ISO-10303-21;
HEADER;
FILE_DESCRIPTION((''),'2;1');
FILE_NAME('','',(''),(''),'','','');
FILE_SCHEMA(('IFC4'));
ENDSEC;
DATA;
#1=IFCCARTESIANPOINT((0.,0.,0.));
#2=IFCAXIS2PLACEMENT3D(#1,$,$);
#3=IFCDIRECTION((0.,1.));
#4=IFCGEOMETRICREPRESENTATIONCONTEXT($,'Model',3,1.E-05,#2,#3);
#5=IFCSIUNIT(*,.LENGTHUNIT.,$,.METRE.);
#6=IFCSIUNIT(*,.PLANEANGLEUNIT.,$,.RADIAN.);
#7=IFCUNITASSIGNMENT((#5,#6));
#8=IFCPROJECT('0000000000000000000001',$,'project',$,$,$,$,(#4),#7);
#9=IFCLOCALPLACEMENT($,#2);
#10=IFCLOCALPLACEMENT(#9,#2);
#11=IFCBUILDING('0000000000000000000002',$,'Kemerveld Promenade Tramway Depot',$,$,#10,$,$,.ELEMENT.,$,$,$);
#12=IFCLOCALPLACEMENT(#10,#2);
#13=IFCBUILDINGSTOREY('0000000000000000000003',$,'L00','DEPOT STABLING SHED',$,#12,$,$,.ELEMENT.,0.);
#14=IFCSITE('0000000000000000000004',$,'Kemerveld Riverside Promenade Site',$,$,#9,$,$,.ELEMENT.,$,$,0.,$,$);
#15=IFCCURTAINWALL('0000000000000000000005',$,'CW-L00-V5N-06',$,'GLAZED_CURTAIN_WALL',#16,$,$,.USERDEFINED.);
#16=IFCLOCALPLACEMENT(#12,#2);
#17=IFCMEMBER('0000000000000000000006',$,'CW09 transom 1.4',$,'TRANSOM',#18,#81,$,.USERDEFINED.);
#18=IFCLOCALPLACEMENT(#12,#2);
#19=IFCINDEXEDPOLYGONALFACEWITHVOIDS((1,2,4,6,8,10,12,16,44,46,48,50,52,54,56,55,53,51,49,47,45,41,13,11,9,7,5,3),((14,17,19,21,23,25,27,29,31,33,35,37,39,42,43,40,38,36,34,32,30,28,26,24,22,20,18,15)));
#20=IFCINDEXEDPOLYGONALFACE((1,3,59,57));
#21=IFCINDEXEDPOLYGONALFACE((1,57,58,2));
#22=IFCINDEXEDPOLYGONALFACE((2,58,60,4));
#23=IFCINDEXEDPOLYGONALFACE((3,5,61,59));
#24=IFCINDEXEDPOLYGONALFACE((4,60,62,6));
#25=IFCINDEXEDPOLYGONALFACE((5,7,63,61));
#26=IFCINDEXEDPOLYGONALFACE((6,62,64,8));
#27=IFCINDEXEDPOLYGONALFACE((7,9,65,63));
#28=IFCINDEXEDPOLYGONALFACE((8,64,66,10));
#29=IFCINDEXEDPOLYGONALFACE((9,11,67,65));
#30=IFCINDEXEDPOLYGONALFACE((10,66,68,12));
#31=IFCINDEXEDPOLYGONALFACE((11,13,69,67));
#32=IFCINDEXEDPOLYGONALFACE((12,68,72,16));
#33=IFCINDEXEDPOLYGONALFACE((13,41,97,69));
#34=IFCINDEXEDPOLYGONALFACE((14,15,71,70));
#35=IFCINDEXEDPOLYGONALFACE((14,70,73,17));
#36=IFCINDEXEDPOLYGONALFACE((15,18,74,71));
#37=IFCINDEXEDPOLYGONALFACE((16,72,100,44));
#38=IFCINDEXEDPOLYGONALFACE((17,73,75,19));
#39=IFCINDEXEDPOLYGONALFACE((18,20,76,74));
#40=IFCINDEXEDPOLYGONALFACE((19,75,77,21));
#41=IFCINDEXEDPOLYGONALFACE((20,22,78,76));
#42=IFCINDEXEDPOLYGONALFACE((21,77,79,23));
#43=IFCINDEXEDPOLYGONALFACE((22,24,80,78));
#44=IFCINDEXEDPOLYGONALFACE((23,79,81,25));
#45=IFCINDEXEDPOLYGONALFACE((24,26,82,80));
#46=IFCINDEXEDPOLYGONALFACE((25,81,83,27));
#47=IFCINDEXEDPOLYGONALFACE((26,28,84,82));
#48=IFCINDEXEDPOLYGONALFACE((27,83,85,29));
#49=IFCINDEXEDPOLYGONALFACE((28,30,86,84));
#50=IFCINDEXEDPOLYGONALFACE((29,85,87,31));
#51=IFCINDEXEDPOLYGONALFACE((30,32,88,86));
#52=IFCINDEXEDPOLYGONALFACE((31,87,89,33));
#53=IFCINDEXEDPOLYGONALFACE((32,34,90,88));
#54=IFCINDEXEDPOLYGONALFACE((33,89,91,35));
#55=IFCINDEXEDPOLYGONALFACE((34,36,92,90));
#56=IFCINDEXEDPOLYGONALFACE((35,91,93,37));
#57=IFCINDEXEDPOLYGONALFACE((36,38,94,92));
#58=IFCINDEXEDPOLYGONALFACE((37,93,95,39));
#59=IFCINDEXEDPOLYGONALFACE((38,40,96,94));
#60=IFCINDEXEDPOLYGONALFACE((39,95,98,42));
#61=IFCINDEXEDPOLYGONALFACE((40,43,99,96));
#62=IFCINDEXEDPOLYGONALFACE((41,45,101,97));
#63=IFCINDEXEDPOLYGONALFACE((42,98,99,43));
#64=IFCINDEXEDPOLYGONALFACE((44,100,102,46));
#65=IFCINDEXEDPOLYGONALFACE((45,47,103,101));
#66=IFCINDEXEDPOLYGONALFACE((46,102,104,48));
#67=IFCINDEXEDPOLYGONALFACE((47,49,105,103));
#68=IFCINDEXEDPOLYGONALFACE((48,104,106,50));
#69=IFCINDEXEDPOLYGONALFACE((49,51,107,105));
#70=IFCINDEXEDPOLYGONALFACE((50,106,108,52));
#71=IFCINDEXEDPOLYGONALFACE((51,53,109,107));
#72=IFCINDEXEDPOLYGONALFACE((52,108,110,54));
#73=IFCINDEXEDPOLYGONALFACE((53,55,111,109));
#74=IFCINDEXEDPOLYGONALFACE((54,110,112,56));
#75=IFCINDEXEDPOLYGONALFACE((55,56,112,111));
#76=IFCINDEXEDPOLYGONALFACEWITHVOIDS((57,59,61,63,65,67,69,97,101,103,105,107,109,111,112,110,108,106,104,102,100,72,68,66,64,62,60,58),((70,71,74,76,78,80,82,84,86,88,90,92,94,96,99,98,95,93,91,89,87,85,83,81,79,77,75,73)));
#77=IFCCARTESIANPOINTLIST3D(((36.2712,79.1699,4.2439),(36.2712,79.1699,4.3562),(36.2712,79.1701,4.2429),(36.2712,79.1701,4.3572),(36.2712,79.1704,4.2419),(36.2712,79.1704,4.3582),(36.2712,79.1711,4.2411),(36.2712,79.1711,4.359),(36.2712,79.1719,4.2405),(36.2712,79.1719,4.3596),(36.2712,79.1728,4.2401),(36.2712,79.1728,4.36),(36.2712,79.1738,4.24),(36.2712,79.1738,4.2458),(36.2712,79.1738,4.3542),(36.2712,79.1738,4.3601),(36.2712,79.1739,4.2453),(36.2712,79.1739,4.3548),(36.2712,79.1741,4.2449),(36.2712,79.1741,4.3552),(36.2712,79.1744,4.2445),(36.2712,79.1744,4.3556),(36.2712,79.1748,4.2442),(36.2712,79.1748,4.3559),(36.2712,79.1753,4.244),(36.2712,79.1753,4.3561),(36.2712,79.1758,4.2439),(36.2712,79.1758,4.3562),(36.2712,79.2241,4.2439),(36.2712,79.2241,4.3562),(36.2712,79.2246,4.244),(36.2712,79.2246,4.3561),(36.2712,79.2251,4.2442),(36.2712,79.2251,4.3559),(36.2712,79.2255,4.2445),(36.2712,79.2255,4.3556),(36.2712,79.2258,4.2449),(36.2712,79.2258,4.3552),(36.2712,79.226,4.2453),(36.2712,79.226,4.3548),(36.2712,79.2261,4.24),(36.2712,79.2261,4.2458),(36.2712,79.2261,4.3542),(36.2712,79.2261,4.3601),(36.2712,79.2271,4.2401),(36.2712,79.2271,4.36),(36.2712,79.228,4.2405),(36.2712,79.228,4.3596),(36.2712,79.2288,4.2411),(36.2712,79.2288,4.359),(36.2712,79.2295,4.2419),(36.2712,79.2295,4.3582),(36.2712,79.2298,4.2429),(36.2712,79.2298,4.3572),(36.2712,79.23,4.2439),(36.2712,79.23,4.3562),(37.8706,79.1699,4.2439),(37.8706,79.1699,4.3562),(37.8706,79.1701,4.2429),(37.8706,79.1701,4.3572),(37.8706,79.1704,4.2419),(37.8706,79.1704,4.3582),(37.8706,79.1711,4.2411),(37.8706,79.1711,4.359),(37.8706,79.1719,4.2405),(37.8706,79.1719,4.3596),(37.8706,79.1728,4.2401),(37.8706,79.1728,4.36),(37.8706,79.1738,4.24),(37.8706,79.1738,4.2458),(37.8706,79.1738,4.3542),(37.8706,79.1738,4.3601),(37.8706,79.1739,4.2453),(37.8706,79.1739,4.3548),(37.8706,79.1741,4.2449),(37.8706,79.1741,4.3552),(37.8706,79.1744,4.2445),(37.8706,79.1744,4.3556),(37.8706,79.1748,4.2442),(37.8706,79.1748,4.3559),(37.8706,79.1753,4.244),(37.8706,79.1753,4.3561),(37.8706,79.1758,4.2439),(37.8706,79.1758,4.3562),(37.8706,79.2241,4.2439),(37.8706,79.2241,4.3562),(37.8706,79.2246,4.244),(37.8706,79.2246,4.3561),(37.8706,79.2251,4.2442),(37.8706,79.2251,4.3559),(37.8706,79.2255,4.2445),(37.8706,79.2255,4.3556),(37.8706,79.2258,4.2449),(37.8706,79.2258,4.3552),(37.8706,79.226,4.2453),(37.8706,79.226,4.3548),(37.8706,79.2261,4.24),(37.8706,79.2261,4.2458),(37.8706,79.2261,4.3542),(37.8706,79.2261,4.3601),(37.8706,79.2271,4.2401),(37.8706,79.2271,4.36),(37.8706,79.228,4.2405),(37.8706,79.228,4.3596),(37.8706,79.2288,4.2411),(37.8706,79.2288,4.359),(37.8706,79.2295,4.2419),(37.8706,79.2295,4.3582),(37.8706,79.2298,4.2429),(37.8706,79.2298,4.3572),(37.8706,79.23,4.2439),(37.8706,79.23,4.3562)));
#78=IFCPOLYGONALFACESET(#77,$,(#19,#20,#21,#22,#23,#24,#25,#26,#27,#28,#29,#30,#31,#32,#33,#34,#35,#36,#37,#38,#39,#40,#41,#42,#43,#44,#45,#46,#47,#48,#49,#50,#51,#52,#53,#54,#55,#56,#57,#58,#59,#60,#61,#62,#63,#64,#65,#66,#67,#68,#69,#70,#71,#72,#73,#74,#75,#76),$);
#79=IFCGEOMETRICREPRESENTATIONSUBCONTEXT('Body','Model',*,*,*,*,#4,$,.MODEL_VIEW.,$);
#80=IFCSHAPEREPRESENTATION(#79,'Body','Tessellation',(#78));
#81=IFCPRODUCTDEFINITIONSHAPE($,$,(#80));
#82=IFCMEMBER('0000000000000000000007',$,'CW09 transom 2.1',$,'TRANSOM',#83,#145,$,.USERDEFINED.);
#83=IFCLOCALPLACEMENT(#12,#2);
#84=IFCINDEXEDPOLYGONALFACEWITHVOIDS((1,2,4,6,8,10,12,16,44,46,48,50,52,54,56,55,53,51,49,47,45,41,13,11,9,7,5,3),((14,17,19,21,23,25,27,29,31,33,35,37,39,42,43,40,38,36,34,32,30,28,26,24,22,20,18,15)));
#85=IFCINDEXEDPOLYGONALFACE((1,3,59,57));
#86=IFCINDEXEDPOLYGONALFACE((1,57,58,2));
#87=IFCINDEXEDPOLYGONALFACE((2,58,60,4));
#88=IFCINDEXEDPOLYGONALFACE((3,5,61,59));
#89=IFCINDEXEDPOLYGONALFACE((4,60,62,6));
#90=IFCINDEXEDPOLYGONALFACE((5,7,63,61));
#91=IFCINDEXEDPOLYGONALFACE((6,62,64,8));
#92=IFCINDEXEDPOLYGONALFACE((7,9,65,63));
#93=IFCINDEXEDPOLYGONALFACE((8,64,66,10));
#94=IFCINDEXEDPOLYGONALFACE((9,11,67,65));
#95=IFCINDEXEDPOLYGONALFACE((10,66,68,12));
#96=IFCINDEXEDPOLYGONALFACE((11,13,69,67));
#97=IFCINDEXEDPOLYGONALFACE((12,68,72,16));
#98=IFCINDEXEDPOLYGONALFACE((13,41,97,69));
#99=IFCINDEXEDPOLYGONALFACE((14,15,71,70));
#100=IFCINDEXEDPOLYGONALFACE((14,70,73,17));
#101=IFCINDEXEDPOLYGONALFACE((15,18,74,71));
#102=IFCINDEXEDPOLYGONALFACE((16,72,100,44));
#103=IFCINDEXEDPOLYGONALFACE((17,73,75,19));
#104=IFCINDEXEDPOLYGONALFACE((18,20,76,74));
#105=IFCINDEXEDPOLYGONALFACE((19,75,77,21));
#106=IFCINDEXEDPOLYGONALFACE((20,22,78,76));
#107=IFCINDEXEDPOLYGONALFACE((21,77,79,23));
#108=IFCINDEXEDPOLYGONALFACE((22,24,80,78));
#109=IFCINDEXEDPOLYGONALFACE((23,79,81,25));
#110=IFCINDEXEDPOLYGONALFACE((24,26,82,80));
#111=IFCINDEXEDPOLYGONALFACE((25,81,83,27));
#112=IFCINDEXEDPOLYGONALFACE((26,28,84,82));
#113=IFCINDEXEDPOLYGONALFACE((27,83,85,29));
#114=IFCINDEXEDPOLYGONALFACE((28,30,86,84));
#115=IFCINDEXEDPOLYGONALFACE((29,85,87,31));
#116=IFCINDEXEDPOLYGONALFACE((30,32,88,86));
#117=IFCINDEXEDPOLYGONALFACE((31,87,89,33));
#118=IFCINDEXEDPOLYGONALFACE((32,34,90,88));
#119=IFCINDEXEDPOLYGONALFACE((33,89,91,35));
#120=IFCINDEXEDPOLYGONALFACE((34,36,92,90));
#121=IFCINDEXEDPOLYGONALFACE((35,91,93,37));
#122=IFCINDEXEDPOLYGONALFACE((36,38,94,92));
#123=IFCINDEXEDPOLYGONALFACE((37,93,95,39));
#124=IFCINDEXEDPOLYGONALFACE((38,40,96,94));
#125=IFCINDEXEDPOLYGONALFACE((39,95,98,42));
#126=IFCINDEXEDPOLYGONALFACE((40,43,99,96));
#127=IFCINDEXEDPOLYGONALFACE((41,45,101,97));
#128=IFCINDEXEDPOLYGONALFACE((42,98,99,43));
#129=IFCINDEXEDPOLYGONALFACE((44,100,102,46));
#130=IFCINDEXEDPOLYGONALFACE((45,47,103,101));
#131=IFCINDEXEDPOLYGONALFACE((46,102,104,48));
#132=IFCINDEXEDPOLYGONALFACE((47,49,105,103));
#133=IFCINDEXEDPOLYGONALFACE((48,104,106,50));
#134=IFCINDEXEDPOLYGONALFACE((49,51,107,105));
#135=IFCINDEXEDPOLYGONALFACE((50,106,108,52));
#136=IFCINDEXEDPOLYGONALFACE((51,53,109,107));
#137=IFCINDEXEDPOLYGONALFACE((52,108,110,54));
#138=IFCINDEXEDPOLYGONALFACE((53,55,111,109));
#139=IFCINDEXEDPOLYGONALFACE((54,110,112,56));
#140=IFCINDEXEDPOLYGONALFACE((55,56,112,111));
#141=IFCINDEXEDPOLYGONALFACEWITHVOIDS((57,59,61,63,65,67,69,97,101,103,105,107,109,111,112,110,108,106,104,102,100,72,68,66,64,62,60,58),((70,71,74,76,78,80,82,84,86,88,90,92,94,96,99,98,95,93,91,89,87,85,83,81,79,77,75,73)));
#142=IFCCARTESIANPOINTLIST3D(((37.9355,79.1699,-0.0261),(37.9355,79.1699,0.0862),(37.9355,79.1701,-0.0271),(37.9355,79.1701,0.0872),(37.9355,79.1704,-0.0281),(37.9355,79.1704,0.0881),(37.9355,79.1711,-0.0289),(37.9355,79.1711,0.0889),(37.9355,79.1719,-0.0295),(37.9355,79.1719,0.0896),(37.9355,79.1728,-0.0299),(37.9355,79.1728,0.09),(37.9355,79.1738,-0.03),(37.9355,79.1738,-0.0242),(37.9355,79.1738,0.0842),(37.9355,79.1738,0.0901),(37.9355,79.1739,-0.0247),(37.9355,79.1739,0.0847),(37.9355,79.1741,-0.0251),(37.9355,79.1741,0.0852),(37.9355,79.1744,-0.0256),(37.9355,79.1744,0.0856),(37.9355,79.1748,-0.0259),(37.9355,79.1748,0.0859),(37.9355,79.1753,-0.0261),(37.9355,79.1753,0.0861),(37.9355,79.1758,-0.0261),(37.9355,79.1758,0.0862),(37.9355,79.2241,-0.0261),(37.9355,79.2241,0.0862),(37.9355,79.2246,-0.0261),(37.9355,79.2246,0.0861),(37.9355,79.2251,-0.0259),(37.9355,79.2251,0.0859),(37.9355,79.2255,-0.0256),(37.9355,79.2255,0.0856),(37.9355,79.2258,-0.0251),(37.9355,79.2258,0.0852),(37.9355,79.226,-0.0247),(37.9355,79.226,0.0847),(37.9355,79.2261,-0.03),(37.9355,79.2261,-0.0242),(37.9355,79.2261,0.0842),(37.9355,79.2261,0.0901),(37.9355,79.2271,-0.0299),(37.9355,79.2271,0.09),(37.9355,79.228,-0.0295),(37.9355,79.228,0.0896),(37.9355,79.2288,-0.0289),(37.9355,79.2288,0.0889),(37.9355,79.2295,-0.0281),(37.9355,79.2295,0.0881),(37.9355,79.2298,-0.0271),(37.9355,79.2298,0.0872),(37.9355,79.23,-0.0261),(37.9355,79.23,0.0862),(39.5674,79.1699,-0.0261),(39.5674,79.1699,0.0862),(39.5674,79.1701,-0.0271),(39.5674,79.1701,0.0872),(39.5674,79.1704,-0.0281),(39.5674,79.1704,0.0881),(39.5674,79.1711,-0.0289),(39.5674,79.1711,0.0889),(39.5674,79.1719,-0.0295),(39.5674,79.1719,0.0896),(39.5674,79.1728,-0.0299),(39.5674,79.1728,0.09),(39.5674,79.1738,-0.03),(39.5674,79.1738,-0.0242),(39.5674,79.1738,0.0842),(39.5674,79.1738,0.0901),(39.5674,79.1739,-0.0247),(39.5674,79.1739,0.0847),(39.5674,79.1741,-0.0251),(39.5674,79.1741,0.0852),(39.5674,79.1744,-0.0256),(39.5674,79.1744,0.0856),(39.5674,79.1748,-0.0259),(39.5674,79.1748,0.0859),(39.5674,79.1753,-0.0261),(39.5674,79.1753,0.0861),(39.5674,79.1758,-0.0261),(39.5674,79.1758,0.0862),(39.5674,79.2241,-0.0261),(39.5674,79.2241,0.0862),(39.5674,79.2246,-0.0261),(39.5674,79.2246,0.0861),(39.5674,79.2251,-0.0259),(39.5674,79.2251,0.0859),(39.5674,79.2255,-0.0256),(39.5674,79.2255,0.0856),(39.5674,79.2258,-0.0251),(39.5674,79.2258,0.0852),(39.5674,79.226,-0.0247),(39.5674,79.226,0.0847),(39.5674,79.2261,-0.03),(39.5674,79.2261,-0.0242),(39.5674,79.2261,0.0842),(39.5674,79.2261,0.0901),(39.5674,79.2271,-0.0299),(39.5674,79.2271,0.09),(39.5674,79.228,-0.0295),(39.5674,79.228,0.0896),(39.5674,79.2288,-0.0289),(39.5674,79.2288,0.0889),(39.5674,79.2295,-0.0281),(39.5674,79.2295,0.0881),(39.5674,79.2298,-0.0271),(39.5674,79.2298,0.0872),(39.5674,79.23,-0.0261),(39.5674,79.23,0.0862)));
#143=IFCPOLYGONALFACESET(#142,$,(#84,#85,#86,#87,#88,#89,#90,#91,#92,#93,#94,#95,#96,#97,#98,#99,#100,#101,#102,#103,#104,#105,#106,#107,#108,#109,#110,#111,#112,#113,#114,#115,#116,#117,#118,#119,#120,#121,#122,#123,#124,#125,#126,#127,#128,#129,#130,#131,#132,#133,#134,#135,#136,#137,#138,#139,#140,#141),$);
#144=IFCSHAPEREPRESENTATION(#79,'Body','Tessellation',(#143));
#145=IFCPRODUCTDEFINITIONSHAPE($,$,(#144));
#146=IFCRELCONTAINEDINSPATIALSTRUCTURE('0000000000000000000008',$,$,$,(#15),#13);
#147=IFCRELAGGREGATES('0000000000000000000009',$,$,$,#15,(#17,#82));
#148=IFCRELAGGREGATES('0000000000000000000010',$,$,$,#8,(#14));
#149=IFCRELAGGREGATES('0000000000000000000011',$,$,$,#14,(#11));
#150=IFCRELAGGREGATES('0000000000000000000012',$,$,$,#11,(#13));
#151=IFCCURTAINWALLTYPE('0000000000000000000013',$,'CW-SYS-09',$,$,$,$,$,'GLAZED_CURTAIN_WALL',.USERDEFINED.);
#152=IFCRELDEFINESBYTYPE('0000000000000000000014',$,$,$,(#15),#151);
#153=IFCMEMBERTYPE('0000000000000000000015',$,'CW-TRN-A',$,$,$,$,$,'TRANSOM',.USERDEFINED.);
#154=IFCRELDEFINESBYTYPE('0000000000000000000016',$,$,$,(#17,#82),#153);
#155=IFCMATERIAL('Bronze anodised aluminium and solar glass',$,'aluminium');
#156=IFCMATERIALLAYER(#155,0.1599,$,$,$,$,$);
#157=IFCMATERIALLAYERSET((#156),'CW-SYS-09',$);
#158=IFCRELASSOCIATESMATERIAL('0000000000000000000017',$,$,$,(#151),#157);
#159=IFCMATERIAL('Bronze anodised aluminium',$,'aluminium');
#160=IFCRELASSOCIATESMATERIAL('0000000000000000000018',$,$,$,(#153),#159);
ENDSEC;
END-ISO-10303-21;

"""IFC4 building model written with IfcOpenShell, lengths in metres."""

from ifc_helpers import new_model, si_unit, direction, frame, origin, origin_2d, place, context, subcontext, project, spatial, hollow_rectangle, extrude, material, layer, layer_set, material_profile, profile_set, type_object, element, aggregate, save


model = new_model("IFC4")

# Units and contexts
model_context = context("Model", 3, precision=1e-05, world=origin(), true_north=direction((0.0, 1.0)))
body_context = subcontext(model_context, "Body", "Model", "MODEL_VIEW")
ifc_project = project(units=[si_unit("LENGTHUNIT", "METRE"), si_unit("PLANEANGLEUNIT", "RADIAN")], contexts=[model_context])

# Site, building, storey
site_placement = place(None, origin())
site = spatial("IfcSite", under=ifc_project, at=site_placement, Name="Kemerveld Riverside Promenade Site", CompositionType="ELEMENT", RefElevation=0.0)
building_placement = place(site_placement, origin())
building = spatial("IfcBuilding", under=site, at=building_placement, Name="Kemerveld Promenade Tramway Depot", CompositionType="ELEMENT")
storey_placement = place(building_placement, origin())
storey = spatial("IfcBuildingStorey", under=building, at=storey_placement, Name="L00", Description="DEPOT STABLING SHED", CompositionType="ELEMENT", Elevation=0.0)

# Curtain wall, members
ifc_material_1 = material(Name="Bronze anodised aluminium and solar glass", Category="aluminium")
ifc_layer_1 = layer(ifc_material_1, 0.1599)
ifc_layer_set_1 = layer_set([ifc_layer_1], Name="CW-SYS-09")
curtain_wall_type = type_object("IfcCurtainWallType", Name="CW-SYS-09", ElementType="GLAZED_CURTAIN_WALL", PredefinedType="USERDEFINED", material=ifc_layer_set_1)
curtain_wall_placement = place(storey_placement, origin())
curtain_wall = element("IfcCurtainWall", 1, at=curtain_wall_placement, inside=storey, type_object=curtain_wall_type, Name="CW-L00-V5N-06", ObjectType="GLAZED_CURTAIN_WALL", PredefinedType="USERDEFINED")
ifc_material_2 = material(Name="Bronze anodised aluminium", Category="aluminium")
ifc_material_profile_1 = material_profile(ifc_material_2, hollow_rectangle(XDim=0.0601, YDim=0.1201, WallThickness=0.0039, InnerFilletRadius=0.002, OuterFilletRadius=0.0039, at=origin_2d()), Name="CW-TRN-120x60")
ifc_profile_set_1 = profile_set([ifc_material_profile_1], Name="Bronze anodised aluminium")
member_type_1 = type_object("IfcMemberType", Name="CW-TRN-A", ElementType="TRANSOM", PredefinedType="USERDEFINED", material=ifc_profile_set_1)
member_1_placement = place(storey_placement, frame((36.2712, 79.2, 4.3), z_axis=(1.0, 0.0, 0.0), x_axis=(0.0, 1.0, 0.0)))
member_1 = element("IfcMember", 2, at=member_1_placement, type_object=member_type_1, Name="CW09 transom 1.4", ObjectType="TRANSOM", PredefinedType="USERDEFINED", context=body_context, shape_type="SweptSolid", body=[
    extrude(hollow_rectangle(XDim=0.0601, YDim=0.1201, WallThickness=0.0039, InnerFilletRadius=0.002, OuterFilletRadius=0.0039, at=origin_2d()), origin(), (0.0, 0.0, 1.0), 1.5994),
])
member_2_placement = place(storey_placement, frame((37.9355, 79.2, 0.03), z_axis=(1.0, 0.0, 0.0), x_axis=(0.0, 1.0, 0.0)))
member_2 = element("IfcMember", 3, at=member_2_placement, type_object=member_type_1, Name="CW09 transom 2.1", ObjectType="TRANSOM", PredefinedType="USERDEFINED", context=body_context, shape_type="SweptSolid", body=[
    extrude(hollow_rectangle(XDim=0.0601, YDim=0.1201, WallThickness=0.0039, InnerFilletRadius=0.002, OuterFilletRadius=0.0039, at=origin_2d()), origin(), (0.0, 0.0, 1.0), 1.6318),
])
aggregate(curtain_wall, [member_1, member_2])

save(model, "model.ifc")
